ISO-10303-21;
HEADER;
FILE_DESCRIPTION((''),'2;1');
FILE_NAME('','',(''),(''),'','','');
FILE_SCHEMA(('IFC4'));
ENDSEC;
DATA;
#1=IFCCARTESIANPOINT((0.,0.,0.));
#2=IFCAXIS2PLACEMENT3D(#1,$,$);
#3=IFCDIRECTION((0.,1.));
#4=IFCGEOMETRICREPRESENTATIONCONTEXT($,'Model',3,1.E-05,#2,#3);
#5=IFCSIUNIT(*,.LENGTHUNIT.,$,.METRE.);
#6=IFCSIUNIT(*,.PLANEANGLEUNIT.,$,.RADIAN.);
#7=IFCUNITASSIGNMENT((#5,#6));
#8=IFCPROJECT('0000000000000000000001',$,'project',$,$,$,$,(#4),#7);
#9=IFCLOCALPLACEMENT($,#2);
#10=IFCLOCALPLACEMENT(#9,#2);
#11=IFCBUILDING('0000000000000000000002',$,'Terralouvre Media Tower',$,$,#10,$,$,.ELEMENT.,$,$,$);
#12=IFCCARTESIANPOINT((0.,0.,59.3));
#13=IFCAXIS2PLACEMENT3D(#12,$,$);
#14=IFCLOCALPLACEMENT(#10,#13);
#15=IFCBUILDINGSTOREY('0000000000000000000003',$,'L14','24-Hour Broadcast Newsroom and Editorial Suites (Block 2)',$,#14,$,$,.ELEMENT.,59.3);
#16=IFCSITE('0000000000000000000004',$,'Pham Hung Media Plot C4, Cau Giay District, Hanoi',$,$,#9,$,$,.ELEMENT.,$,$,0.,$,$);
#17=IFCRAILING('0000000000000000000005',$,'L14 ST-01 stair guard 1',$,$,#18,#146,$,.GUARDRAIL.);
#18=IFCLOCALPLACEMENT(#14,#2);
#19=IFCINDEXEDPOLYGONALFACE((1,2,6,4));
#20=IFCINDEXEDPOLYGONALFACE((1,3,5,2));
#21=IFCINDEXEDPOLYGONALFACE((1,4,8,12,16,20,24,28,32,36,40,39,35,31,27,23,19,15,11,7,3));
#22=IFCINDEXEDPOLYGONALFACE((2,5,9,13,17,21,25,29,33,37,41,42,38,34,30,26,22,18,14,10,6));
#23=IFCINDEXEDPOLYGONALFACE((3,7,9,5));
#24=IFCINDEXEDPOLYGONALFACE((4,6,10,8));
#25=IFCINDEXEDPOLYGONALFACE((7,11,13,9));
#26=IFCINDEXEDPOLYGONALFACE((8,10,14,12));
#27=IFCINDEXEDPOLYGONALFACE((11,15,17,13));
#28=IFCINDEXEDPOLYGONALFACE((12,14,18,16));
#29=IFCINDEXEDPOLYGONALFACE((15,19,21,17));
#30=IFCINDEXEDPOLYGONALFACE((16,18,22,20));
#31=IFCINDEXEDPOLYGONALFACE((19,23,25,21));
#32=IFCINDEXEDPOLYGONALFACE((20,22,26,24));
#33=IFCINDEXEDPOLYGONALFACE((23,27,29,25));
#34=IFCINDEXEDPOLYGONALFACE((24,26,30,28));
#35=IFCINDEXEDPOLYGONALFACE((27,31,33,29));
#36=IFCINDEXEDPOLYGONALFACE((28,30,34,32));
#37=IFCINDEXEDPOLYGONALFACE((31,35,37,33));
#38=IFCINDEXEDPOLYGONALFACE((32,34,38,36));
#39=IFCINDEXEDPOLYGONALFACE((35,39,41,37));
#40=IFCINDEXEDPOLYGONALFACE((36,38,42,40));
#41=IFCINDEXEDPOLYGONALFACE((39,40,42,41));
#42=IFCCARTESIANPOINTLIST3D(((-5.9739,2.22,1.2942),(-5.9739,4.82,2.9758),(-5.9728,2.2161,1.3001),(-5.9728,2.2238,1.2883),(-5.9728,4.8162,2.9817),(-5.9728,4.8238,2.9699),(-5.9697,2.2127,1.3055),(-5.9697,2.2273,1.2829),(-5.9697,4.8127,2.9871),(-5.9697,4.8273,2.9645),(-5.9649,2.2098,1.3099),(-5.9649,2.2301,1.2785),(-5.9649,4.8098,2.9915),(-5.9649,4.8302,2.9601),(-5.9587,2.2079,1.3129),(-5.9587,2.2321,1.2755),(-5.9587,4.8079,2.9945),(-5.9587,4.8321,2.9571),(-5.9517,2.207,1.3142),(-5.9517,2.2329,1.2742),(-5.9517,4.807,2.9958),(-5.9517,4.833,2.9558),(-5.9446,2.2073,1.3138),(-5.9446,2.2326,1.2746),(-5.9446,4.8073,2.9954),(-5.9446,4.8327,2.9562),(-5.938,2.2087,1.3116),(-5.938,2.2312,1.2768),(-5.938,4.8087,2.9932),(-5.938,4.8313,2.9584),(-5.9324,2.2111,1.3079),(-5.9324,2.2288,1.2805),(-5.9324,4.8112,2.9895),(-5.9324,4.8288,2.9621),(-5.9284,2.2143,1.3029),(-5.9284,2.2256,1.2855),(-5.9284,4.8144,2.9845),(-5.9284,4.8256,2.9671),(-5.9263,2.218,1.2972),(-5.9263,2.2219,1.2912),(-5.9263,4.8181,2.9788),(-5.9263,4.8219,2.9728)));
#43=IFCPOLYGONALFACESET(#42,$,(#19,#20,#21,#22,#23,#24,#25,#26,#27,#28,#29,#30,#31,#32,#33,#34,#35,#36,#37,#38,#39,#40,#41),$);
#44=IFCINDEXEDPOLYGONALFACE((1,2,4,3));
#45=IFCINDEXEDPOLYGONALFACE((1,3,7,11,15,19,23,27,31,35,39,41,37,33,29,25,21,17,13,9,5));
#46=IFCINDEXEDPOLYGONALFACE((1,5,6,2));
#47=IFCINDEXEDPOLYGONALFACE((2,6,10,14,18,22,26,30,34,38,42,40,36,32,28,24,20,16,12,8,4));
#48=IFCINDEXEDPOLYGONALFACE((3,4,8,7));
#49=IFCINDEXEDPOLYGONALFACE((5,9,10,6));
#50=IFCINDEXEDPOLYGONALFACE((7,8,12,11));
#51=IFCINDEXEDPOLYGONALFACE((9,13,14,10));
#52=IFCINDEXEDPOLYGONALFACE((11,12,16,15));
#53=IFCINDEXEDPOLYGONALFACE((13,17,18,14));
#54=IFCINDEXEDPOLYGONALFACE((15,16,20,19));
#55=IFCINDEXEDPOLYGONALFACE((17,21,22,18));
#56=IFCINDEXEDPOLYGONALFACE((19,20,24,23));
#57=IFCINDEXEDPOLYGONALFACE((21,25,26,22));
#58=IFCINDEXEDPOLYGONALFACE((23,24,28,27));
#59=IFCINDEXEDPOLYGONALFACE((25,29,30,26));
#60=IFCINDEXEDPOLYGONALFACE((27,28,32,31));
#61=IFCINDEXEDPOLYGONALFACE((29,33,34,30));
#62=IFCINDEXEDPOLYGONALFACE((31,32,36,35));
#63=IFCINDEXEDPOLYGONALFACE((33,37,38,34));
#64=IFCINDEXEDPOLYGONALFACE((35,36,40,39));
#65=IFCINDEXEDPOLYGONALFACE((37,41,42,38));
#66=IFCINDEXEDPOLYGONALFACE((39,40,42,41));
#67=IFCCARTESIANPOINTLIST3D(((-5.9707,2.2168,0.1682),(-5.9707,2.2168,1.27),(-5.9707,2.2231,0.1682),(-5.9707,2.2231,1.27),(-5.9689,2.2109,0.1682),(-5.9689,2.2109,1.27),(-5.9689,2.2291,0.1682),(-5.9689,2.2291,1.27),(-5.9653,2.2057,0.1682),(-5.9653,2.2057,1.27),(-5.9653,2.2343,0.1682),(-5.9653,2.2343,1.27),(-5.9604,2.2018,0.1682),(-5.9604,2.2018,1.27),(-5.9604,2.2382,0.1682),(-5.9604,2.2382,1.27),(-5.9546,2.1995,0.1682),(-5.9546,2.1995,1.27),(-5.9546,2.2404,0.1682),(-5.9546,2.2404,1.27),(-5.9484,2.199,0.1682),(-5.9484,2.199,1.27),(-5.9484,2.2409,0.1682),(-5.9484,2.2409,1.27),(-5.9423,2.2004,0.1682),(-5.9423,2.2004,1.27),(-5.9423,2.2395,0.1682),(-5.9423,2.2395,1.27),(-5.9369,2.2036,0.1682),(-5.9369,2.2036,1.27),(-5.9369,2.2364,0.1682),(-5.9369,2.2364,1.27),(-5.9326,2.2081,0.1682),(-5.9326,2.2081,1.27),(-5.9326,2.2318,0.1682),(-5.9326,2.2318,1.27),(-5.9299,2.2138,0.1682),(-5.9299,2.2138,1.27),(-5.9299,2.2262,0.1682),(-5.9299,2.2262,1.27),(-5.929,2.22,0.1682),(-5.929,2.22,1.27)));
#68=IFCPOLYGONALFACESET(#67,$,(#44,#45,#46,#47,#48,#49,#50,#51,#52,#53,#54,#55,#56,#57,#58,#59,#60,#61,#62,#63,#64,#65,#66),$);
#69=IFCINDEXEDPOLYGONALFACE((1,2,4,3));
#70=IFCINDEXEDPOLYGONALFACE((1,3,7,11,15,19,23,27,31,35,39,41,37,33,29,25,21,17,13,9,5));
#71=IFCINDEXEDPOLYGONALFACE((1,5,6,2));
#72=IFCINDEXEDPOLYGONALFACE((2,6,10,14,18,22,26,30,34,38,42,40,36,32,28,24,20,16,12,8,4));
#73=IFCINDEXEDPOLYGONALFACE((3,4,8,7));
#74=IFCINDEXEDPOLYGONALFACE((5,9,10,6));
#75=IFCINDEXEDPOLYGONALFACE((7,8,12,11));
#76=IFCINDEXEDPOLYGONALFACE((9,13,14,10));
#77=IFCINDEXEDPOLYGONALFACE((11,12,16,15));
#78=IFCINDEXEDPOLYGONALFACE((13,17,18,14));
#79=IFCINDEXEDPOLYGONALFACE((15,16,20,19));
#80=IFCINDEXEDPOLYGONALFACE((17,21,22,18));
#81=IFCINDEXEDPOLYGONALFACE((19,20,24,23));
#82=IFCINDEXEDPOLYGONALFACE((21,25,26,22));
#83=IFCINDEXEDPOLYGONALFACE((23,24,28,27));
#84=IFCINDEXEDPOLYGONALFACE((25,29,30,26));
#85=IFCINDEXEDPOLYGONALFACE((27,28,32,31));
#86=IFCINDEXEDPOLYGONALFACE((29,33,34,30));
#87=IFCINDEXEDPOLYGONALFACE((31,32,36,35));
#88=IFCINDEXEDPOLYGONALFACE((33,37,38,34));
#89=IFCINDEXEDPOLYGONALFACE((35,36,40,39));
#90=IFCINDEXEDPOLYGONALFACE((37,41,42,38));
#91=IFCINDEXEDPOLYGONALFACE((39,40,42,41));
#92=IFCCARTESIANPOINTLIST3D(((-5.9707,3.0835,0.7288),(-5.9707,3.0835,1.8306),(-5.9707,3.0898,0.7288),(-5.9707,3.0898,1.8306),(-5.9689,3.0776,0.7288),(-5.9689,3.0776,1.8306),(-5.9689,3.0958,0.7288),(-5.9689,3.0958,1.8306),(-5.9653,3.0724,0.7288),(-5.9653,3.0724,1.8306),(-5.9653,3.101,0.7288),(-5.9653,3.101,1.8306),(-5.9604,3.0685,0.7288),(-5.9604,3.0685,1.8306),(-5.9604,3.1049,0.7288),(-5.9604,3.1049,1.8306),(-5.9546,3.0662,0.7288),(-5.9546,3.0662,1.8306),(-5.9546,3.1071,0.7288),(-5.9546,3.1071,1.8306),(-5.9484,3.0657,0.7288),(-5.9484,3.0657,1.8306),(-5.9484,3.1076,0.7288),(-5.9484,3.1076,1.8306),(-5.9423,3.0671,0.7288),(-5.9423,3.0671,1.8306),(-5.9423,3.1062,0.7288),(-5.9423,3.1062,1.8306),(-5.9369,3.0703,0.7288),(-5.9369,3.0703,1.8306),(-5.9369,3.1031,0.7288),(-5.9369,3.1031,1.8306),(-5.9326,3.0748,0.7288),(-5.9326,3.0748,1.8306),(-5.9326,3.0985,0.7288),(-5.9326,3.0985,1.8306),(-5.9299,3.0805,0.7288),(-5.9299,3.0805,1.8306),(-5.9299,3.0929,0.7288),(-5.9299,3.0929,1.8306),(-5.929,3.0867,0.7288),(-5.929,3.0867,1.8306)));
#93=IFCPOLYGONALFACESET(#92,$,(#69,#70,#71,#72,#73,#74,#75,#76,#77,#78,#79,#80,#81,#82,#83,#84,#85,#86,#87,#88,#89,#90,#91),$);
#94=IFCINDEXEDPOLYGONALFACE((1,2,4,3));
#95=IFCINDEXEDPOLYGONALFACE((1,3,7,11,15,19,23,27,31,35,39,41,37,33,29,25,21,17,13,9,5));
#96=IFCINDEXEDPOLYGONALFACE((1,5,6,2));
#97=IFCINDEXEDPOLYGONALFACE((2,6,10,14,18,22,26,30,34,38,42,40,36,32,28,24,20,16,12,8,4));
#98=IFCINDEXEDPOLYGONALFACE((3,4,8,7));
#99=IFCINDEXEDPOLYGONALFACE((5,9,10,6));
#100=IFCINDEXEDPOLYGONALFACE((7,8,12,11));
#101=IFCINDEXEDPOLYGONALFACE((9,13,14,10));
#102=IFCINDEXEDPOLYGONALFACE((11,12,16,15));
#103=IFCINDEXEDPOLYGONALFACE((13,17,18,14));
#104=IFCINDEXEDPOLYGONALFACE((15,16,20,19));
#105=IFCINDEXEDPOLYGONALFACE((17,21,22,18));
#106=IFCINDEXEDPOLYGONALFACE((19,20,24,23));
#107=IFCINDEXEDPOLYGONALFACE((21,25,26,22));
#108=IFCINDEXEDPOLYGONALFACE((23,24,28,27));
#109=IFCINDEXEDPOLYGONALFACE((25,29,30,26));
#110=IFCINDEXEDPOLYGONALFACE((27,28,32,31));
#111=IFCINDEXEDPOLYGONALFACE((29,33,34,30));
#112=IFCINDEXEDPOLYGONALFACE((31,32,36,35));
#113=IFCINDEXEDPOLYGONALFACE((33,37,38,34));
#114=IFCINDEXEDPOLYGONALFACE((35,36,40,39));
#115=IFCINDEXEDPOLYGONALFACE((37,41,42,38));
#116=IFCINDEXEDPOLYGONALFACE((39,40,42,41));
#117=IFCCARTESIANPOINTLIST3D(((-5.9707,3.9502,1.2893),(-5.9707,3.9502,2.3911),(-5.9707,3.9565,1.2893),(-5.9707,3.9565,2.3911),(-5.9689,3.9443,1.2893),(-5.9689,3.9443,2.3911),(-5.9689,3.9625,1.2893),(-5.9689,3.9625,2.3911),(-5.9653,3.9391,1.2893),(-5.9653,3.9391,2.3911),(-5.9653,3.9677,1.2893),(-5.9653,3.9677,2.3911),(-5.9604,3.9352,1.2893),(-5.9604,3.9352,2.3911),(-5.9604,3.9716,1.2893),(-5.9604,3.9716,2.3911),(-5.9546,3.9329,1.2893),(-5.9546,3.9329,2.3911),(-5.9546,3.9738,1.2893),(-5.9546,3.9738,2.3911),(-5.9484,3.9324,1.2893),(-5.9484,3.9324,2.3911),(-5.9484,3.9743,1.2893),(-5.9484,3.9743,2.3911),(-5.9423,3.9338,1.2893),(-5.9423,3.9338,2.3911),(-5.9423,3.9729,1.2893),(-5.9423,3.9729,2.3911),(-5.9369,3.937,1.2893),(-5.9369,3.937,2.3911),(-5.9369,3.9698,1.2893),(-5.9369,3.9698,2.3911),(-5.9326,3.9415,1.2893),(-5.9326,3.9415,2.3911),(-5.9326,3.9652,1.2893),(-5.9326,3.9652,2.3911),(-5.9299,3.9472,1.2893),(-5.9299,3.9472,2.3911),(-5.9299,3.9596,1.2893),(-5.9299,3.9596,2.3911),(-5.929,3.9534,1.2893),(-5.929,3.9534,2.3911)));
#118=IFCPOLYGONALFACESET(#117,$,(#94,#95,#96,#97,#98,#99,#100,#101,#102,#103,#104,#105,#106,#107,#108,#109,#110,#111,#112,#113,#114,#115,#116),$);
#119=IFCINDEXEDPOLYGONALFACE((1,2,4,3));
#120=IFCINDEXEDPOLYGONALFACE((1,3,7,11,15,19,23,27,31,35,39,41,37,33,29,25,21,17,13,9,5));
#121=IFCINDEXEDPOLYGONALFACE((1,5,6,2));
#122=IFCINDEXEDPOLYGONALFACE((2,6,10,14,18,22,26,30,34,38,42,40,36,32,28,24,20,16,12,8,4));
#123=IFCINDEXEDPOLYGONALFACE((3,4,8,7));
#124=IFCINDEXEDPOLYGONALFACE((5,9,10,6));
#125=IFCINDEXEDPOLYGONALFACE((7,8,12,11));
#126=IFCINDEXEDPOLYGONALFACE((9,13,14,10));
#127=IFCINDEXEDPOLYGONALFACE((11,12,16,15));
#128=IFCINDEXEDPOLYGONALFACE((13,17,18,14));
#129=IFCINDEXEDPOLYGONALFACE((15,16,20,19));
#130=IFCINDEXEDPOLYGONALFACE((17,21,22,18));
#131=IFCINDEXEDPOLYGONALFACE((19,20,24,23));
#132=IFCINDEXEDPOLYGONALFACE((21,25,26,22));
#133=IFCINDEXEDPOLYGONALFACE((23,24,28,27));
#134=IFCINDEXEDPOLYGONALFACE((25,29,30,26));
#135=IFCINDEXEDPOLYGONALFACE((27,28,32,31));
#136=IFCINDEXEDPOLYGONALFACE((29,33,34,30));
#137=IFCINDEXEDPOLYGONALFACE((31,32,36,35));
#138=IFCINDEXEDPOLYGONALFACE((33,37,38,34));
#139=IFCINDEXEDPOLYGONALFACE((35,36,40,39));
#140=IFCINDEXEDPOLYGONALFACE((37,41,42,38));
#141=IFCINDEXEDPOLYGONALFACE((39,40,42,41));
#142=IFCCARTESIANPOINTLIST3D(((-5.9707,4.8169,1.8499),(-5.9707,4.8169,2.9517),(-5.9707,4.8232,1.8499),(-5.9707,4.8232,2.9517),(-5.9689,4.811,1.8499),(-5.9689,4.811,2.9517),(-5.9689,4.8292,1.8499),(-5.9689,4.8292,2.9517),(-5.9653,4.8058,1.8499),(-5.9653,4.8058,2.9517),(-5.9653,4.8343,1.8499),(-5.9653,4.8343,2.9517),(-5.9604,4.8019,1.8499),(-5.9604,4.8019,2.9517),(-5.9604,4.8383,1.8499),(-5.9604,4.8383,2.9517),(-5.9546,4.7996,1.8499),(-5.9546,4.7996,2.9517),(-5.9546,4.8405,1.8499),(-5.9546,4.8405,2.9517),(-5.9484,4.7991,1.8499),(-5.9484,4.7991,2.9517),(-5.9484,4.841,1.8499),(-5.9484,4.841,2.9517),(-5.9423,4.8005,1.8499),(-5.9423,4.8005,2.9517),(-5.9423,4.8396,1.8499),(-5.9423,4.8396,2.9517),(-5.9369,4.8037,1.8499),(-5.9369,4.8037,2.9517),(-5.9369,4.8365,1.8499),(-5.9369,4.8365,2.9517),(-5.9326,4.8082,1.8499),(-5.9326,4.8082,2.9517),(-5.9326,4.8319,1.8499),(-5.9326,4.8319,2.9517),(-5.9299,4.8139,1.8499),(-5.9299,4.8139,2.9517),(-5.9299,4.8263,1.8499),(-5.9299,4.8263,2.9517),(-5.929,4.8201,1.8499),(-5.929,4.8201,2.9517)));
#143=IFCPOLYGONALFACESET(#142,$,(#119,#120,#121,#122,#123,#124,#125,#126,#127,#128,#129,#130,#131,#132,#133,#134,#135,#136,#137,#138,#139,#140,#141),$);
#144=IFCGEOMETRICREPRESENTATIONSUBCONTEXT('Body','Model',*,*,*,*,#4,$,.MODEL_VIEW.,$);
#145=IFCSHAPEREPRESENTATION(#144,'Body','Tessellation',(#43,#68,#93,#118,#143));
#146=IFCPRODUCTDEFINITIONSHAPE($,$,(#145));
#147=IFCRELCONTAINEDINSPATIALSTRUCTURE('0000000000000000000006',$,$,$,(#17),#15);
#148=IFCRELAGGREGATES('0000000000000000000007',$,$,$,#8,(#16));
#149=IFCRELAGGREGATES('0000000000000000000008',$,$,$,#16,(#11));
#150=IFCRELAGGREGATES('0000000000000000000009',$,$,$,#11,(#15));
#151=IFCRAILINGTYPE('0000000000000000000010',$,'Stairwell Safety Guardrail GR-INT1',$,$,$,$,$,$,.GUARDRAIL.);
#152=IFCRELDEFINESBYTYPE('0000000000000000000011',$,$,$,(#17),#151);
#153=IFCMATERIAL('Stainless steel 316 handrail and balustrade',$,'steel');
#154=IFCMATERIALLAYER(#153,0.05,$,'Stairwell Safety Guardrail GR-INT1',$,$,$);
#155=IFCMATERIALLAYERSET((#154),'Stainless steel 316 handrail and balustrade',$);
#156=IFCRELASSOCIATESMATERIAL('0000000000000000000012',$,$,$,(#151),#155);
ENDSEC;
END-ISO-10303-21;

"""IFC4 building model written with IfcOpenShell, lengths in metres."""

from ifc_helpers import new_model, si_unit, direction, frame, origin, origin_2d, place, context, subcontext, project, spatial, circle, extrude, material, layer, layer_set, type_object, element, save


model = new_model("IFC4")

# Units and contexts
model_context = context("Model", 3, precision=1e-05, world=origin(), true_north=direction((0.0, 1.0)))
body_context = subcontext(model_context, "Body", "Model", "MODEL_VIEW")
ifc_project = project(units=[si_unit("LENGTHUNIT", "METRE"), si_unit("PLANEANGLEUNIT", "RADIAN")], contexts=[model_context])

# Site, building, storey
site_placement = place(None, origin())
site = spatial("IfcSite", under=ifc_project, at=site_placement, Name="Pham Hung Media Plot C4, Cau Giay District, Hanoi", CompositionType="ELEMENT", RefElevation=0.0)
building_placement = place(site_placement, origin())
building = spatial("IfcBuilding", under=site, at=building_placement, Name="Terralouvre Media Tower", CompositionType="ELEMENT")
storey_placement = place(building_placement, frame((0.0, 0.0, 59.3)))
storey = spatial("IfcBuildingStorey", under=building, at=storey_placement, Name="L14", Description="24-Hour Broadcast Newsroom and Editorial Suites (Block 2)", CompositionType="ELEMENT", Elevation=59.3)

# Railing
ifc_material_1 = material(Name="Stainless steel 316 handrail and balustrade", Category="steel")
ifc_layer_1 = layer(ifc_material_1, 0.05, Name="Stairwell Safety Guardrail GR-INT1")
ifc_layer_set_1 = layer_set([ifc_layer_1], Name="Stainless steel 316 handrail and balustrade")
railing_type_1 = type_object("IfcRailingType", Name="Stairwell Safety Guardrail GR-INT1", PredefinedType="GUARDRAIL", material=ifc_layer_set_1)
railing_1_placement = place(storey_placement, frame((-5.95, 2.22, 0.1682)))
element("IfcRailing", 1, at=railing_1_placement, inside=storey, type_object=railing_type_1, Name="L14 ST-01 stair guard 1", PredefinedType="GUARDRAIL", context=body_context, shape_type="SweptSolid", body=[
    extrude(circle(Radius=0.0239, at=origin_2d()), frame((0.0, 0.0, 1.126), z_axis=(0.0, 0.839684, 0.543075), x_axis=(-1.0, 0.0, 0.0)), (0.0, 0.0, 1.0), 3.0964),
    extrude(circle(Radius=0.021, at=origin_2d()), origin(), (0.0, 0.0, 1.0), 1.1018),
    extrude(circle(Radius=0.021, at=origin_2d()), frame((0.0, 0.8667, 0.5605)), (0.0, 0.0, 1.0), 1.1018),
    extrude(circle(Radius=0.021, at=origin_2d()), frame((0.0, 1.7334, 1.1211)), (0.0, 0.0, 1.0), 1.1018),
    extrude(circle(Radius=0.021, at=origin_2d()), frame((0.0, 2.6001, 1.6816)), (0.0, 0.0, 1.0), 1.1018),
])

save(model, "model.ifc")
